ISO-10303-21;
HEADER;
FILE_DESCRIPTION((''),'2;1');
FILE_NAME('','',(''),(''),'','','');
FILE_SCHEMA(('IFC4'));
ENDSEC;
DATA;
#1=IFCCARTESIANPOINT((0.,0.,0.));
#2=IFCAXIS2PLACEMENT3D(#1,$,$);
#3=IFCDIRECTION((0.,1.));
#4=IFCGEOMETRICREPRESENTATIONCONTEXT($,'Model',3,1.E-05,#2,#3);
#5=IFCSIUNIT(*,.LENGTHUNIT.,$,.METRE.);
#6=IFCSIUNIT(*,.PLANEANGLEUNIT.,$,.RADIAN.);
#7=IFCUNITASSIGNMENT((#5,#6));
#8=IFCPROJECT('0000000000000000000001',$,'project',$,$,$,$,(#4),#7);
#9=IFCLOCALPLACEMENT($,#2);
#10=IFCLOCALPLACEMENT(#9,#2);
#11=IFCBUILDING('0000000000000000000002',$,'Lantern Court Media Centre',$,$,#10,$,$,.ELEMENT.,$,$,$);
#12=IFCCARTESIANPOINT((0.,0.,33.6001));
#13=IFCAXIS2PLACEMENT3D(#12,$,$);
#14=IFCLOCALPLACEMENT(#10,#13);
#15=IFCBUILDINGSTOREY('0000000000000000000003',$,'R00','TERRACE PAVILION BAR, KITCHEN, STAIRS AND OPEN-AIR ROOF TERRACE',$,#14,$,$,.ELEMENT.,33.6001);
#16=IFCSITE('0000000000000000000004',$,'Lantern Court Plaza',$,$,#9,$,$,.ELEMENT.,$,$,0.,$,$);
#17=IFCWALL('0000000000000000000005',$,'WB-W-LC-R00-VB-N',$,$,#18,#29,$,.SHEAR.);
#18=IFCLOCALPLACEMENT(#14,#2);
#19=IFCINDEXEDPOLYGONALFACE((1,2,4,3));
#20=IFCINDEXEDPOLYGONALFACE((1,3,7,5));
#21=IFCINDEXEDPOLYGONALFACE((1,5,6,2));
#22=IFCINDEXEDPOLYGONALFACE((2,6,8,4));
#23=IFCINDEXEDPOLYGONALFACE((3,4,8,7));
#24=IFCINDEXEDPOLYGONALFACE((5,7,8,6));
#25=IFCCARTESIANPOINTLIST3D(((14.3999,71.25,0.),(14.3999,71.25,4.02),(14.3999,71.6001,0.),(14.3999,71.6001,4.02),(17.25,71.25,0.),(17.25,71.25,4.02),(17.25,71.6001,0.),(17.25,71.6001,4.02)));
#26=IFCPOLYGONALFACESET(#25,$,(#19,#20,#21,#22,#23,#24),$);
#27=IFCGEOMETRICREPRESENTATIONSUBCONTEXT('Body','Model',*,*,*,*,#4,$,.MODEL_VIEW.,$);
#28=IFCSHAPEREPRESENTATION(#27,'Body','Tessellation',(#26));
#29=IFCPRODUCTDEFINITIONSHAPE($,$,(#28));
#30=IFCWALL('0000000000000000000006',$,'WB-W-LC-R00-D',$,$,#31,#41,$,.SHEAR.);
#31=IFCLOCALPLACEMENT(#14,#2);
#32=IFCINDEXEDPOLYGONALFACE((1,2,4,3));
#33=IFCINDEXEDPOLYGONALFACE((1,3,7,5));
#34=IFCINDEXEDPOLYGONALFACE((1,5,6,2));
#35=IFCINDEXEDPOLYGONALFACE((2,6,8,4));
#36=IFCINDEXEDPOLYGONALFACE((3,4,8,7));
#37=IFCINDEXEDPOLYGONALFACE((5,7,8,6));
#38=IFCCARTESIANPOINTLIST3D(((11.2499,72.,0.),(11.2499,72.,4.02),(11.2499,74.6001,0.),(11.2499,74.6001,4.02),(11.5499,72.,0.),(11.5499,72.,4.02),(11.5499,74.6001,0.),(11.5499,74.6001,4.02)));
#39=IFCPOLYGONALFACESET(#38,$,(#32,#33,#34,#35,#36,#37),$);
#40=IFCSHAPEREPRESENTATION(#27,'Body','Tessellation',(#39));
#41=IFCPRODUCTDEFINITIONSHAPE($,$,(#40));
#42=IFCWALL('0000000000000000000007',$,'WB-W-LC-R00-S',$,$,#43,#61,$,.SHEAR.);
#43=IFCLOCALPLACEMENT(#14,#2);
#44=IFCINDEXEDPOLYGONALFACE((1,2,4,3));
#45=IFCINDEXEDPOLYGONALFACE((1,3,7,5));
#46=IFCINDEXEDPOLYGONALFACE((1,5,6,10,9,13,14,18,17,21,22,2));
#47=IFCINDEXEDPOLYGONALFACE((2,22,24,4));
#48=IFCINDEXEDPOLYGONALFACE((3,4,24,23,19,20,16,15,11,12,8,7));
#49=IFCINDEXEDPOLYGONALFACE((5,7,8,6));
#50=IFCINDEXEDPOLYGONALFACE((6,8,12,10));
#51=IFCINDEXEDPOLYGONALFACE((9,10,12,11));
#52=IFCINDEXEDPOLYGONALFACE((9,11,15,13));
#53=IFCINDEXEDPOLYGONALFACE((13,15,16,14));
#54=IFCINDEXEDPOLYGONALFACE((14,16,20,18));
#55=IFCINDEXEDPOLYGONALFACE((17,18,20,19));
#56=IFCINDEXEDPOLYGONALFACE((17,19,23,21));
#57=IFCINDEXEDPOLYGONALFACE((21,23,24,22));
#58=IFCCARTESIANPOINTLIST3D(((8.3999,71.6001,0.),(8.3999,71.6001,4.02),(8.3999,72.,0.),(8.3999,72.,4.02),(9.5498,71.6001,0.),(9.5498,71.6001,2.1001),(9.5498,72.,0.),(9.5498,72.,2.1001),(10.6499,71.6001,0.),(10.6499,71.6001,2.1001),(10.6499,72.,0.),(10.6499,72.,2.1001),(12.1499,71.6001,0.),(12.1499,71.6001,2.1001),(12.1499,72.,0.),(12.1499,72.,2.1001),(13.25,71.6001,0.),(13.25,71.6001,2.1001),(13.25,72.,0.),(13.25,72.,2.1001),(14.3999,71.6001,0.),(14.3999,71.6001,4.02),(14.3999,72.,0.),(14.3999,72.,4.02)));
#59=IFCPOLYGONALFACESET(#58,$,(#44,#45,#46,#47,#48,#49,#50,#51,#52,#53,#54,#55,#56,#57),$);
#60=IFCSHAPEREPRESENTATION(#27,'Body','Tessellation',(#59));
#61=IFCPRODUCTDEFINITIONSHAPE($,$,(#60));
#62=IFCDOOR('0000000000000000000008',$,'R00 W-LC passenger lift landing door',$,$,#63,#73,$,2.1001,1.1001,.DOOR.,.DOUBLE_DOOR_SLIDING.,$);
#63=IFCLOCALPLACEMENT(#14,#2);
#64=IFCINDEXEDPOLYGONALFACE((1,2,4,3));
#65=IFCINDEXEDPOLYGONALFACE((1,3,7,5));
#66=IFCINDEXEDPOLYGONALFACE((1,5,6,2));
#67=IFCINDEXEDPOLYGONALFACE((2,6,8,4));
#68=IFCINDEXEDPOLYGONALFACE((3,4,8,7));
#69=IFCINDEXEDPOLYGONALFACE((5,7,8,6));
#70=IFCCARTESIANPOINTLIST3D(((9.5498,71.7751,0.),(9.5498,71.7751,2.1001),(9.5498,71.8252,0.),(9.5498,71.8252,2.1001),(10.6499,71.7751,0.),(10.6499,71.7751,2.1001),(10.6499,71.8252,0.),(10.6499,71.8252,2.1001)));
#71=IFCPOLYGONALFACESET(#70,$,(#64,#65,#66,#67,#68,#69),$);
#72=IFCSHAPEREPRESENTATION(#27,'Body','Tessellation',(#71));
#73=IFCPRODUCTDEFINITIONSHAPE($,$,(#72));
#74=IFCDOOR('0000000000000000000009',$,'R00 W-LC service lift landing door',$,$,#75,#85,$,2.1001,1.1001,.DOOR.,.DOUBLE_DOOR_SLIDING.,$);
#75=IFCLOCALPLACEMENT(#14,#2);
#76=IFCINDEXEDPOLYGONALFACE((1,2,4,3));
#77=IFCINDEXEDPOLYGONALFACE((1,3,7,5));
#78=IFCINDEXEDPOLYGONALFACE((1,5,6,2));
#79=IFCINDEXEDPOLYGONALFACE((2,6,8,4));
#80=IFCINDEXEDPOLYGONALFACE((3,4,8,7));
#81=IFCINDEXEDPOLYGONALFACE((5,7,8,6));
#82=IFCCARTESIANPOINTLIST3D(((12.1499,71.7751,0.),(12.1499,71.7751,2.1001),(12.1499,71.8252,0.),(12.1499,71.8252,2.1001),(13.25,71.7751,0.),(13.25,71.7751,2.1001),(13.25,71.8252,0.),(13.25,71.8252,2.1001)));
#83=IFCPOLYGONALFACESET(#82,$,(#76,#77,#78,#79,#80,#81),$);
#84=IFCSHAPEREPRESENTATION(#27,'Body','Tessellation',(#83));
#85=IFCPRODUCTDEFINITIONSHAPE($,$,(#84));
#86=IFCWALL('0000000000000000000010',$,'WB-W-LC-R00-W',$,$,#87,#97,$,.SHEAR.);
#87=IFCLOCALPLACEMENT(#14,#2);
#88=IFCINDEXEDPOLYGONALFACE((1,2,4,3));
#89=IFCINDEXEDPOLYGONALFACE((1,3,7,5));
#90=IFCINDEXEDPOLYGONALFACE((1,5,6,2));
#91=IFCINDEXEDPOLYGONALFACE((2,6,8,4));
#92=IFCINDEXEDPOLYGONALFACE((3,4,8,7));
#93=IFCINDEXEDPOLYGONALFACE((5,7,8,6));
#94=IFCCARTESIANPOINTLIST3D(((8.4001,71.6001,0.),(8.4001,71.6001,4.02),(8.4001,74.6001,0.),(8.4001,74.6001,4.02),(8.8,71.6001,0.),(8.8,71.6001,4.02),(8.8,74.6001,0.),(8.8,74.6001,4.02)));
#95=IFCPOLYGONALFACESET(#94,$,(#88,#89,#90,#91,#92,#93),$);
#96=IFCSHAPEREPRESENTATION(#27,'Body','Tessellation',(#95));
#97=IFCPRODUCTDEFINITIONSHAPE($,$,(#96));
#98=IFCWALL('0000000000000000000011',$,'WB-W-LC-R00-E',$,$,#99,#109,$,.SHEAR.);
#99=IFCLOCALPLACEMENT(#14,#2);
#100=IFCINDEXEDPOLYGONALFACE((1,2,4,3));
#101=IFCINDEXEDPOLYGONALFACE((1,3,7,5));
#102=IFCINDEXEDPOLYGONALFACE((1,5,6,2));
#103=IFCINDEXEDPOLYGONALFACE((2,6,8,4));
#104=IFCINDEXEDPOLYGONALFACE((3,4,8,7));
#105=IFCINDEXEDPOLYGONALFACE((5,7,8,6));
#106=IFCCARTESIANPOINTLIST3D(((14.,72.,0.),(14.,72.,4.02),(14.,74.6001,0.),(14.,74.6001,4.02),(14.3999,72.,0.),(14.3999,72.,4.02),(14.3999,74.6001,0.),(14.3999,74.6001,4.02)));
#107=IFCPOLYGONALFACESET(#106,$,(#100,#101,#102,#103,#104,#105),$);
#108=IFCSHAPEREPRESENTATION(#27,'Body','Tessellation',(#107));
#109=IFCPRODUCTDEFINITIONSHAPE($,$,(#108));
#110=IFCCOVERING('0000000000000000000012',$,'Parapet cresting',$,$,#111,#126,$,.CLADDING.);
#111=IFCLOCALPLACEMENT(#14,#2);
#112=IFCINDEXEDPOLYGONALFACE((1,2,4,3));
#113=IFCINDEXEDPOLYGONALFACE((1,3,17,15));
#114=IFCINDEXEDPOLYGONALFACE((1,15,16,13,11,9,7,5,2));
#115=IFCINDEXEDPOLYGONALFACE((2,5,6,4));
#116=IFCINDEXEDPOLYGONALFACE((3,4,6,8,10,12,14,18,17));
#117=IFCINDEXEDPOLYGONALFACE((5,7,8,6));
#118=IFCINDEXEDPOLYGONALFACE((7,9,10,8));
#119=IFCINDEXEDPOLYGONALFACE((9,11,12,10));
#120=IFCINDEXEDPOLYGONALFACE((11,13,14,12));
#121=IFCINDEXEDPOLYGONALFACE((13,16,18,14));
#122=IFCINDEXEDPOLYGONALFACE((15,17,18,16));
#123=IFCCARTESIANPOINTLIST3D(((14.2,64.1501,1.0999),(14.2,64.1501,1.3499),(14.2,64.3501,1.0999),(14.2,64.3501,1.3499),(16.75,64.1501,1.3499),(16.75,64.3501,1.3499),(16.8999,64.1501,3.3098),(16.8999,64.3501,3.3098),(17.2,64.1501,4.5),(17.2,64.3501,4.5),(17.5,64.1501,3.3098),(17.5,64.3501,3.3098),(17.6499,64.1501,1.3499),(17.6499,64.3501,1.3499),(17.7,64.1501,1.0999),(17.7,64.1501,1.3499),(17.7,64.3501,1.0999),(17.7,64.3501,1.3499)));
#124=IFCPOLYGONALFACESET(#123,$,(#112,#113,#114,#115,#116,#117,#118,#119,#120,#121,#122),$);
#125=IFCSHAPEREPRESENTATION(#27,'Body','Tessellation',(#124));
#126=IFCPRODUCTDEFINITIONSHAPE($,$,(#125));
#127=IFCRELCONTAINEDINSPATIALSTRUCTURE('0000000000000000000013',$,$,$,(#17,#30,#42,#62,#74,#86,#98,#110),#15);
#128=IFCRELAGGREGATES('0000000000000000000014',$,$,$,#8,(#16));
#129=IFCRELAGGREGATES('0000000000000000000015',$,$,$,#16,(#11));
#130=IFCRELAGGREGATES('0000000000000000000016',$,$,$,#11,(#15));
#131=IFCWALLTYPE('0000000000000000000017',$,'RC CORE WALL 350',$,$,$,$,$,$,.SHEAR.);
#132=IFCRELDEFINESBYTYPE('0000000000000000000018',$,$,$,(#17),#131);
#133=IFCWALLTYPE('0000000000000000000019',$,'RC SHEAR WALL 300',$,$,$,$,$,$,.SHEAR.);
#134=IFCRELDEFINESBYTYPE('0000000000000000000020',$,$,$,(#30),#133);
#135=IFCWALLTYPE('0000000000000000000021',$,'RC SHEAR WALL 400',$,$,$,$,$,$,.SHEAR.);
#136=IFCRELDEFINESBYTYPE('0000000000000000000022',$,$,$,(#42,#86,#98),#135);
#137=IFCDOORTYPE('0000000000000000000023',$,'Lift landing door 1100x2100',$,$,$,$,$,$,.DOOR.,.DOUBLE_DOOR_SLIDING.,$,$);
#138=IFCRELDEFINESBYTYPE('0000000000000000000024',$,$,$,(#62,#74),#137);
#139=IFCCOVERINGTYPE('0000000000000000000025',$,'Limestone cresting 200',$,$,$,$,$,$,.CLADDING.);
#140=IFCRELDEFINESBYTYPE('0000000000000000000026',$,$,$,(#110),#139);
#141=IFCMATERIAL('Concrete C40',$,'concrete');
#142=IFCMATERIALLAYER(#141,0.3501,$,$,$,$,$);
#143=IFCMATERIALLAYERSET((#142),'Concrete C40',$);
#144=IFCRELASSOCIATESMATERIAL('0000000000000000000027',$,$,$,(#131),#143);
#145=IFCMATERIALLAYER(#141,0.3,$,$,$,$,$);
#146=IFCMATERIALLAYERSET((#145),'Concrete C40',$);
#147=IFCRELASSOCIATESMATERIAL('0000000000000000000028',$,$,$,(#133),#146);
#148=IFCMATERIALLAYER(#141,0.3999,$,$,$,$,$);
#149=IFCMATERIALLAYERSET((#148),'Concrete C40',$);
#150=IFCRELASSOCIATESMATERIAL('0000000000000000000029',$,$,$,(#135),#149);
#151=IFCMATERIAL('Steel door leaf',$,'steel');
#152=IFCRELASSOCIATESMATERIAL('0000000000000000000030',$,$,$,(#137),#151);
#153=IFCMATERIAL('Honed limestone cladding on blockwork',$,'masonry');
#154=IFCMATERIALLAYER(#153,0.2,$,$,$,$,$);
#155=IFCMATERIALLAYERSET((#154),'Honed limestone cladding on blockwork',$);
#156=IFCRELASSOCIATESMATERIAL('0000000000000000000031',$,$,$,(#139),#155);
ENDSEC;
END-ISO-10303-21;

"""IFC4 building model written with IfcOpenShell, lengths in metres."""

from ifc_helpers import new_model, si_unit, direction, frame, frame_2d, origin, place, context, subcontext, project, spatial, polyline, rectangle, outline, extrude, material, layer, layer_set, type_object, element, fill, save


model = new_model("IFC4")

# Units and contexts
model_context = context("Model", 3, precision=1e-05, world=origin(), true_north=direction((0.0, 1.0)))
body_context = subcontext(model_context, "Body", "Model", "MODEL_VIEW")
ifc_project = project(units=[si_unit("LENGTHUNIT", "METRE"), si_unit("PLANEANGLEUNIT", "RADIAN")], contexts=[model_context])

# Site, building, storey
site_placement = place(None, origin())
site = spatial("IfcSite", under=ifc_project, at=site_placement, Name="Lantern Court Plaza", CompositionType="ELEMENT", RefElevation=0.0)
building_placement = place(site_placement, origin())
building = spatial("IfcBuilding", under=site, at=building_placement, Name="Lantern Court Media Centre", CompositionType="ELEMENT")
storey_placement = place(building_placement, frame((0.0, 0.0, 33.6001)))
storey = spatial("IfcBuildingStorey", under=building, at=storey_placement, Name="R00", Description="TERRACE PAVILION BAR, KITCHEN, STAIRS AND OPEN-AIR ROOF TERRACE", CompositionType="ELEMENT", Elevation=33.6001)

# Shared definitions
ifc_material_1 = material(Name="Concrete C40", Category="concrete")
ifc_layer_1 = layer(ifc_material_1, 0.3501)
ifc_layer_set_1 = layer_set([ifc_layer_1], Name="Concrete C40")
wall_type_1 = type_object("IfcWallType", Name="RC CORE WALL 350", PredefinedType="SHEAR", material=ifc_layer_set_1)
ifc_material_2 = material(Name="Steel door leaf", Category="steel")

# Walls
wall_1_placement = place(storey_placement, frame((14.3999, 71.425, 0.0), z_axis=(0.0, 0.0, 1.0), x_axis=(1.0, 0.0, 0.0)))
element("IfcWall", 1, at=wall_1_placement, inside=storey, type_object=wall_type_1, Name="WB-W-LC-R00-VB-N", PredefinedType="SHEAR", context=body_context, shape_type="SweptSolid", body=[
    extrude(rectangle(XDim=2.8501, YDim=0.3501, at=frame_2d((1.425, 0.0))), origin(), (0.0, 0.0, 1.0), 4.02),
])
ifc_layer_2 = layer(ifc_material_1, 0.3)
ifc_layer_set_2 = layer_set([ifc_layer_2], Name="Concrete C40")
wall_type_2 = type_object("IfcWallType", Name="RC SHEAR WALL 300", PredefinedType="SHEAR", material=ifc_layer_set_2)
wall_2_placement = place(storey_placement, frame((11.3999, 72.0, 0.0), z_axis=(0.0, 0.0, 1.0), x_axis=(0.0, 1.0, 0.0)))
element("IfcWall", 2, at=wall_2_placement, inside=storey, type_object=wall_type_2, Name="WB-W-LC-R00-D", PredefinedType="SHEAR", context=body_context, shape_type="SweptSolid", body=[
    extrude(rectangle(XDim=2.6001, YDim=0.3, at=frame_2d((1.3, 0.0))), origin(), (0.0, 0.0, 1.0), 4.02),
])

# Wall, openings, doors
ifc_layer_3 = layer(ifc_material_1, 0.3999)
ifc_layer_set_3 = layer_set([ifc_layer_3], Name="Concrete C40")
wall_type_3 = type_object("IfcWallType", Name="RC SHEAR WALL 400", PredefinedType="SHEAR", material=ifc_layer_set_3)
wall_3_placement = place(storey_placement, frame((8.3999, 71.8, 0.0), z_axis=(0.0, 0.0, 1.0), x_axis=(1.0, 0.0, 0.0)))
wall_3 = element("IfcWall", 3, at=wall_3_placement, inside=storey, type_object=wall_type_3, Name="WB-W-LC-R00-S", PredefinedType="SHEAR", context=body_context, shape_type="SweptSolid", body=[
    extrude(rectangle(XDim=6.0, YDim=0.3999, at=frame_2d((3.0, 0.0))), origin(), (0.0, 0.0, 1.0), 4.02),
])
opening_1_placement = place(wall_3_placement, frame((1.1499, 0.0, 0.0)))
opening_1 = element("IfcOpeningElement", 4, at=opening_1_placement, cuts=wall_3, PredefinedType="OPENING", context=body_context, shape_type="SweptSolid", body=[
    extrude(rectangle(XDim=1.1001, YDim=2.1001, at=frame_2d((0.55, 1.05))), frame((0.0, 0.21, 0.0), z_axis=(0.0, -1.0, 0.0), x_axis=(1.0, 0.0, 0.0)), (0.0, 0.0, 1.0), 0.4199),
])
opening_2_placement = place(wall_3_placement, frame((3.75, 0.0, 0.0)))
opening_2 = element("IfcOpeningElement", 5, at=opening_2_placement, cuts=wall_3, PredefinedType="OPENING", context=body_context, shape_type="SweptSolid", body=[
    extrude(rectangle(XDim=1.1001, YDim=2.1001, at=frame_2d((0.55, 1.05))), frame((0.0, 0.21, 0.0), z_axis=(0.0, -1.0, 0.0), x_axis=(1.0, 0.0, 0.0)), (0.0, 0.0, 1.0), 0.4199),
])
door_type_1 = type_object("IfcDoorType", Name="Lift landing door 1100x2100", OperationType="DOUBLE_DOOR_SLIDING", PredefinedType="DOOR", material=ifc_material_2)
door_1_placement = place(opening_1_placement, frame((1.1001, 0.0, 0.0), z_axis=(0.0, 0.0, 1.0), x_axis=(-1.0, 0.0, 0.0)))
door_1 = element("IfcDoor", 6, at=door_1_placement, inside=storey, type_object=door_type_1, Name="R00 W-LC passenger lift landing door", OperationType="DOUBLE_DOOR_SLIDING", OverallHeight=2.1001, OverallWidth=1.1001, PredefinedType="DOOR", context=body_context, shape_type="SweptSolid", body=[
    extrude(rectangle(XDim=1.1001, YDim=2.1001, at=frame_2d((0.55, 1.05))), frame((0.0, 0.0249, 0.0), z_axis=(0.0, -1.0, 0.0), x_axis=(1.0, 0.0, 0.0)), (0.0, 0.0, 1.0), 0.05),
])
fill(opening_1, door_1)
door_2_placement = place(opening_2_placement, frame((1.1001, 0.0, 0.0), z_axis=(0.0, 0.0, 1.0), x_axis=(-1.0, 0.0, 0.0)))
door_2 = element("IfcDoor", 7, at=door_2_placement, inside=storey, type_object=door_type_1, Name="R00 W-LC service lift landing door", OperationType="DOUBLE_DOOR_SLIDING", OverallHeight=2.1001, OverallWidth=1.1001, PredefinedType="DOOR", context=body_context, shape_type="SweptSolid", body=[
    extrude(rectangle(XDim=1.1001, YDim=2.1001, at=frame_2d((0.55, 1.05))), frame((0.0, 0.0249, 0.0), z_axis=(0.0, -1.0, 0.0), x_axis=(1.0, 0.0, 0.0)), (0.0, 0.0, 1.0), 0.05),
])
fill(opening_2, door_2)

# Walls
wall_4_placement = place(storey_placement, frame((8.6001, 71.6001, 0.0), z_axis=(0.0, 0.0, 1.0), x_axis=(0.0, 1.0, 0.0)))
element("IfcWall", 8, at=wall_4_placement, inside=storey, type_object=wall_type_3, Name="WB-W-LC-R00-W", PredefinedType="SHEAR", context=body_context, shape_type="SweptSolid", body=[
    extrude(rectangle(XDim=3.0, YDim=0.3999, at=frame_2d((1.5, 0.0))), origin(), (0.0, 0.0, 1.0), 4.02),
])
wall_5_placement = place(storey_placement, frame((14.2, 72.0, 0.0), z_axis=(0.0, 0.0, 1.0), x_axis=(0.0, 1.0, 0.0)))
element("IfcWall", 9, at=wall_5_placement, inside=storey, type_object=wall_type_3, Name="WB-W-LC-R00-E", PredefinedType="SHEAR", context=body_context, shape_type="SweptSolid", body=[
    extrude(rectangle(XDim=2.6001, YDim=0.3999, at=frame_2d((1.3, 0.0))), origin(), (0.0, 0.0, 1.0), 4.02),
])

# Covering
ifc_material_3 = material(Name="Honed limestone cladding on blockwork", Category="masonry")
ifc_layer_4 = layer(ifc_material_3, 0.2)
ifc_layer_set_4 = layer_set([ifc_layer_4], Name="Honed limestone cladding on blockwork")
covering_type = type_object("IfcCoveringType", Name="Limestone cresting 200", PredefinedType="CLADDING", material=ifc_layer_set_4)
covering_placement = place(storey_placement, frame((14.2, 64.25, 1.0999), z_axis=(0.0, 0.0, 1.0), x_axis=(1.0, 0.0, 0.0)))
element("IfcCovering", 10, at=covering_placement, inside=storey, type_object=covering_type, Name="Parapet cresting", PredefinedType="CLADDING", context=body_context, shape_type="SweptSolid", body=[
    extrude(outline(polyline([(0.0, 0.0), (3.5, 0.0), (3.5, 0.25), (3.45, 0.25), (3.3, 2.21), (3.0, 3.4001), (2.7, 2.21), (2.55, 0.25), (0.0, 0.25), (0.0, 0.0)])), frame((0.0, 0.1001, 0.0), z_axis=(0.0, -1.0, 0.0), x_axis=(1.0, 0.0, 0.0)), (0.0, 0.0, 1.0), 0.2),
])

save(model, "model.ifc")
